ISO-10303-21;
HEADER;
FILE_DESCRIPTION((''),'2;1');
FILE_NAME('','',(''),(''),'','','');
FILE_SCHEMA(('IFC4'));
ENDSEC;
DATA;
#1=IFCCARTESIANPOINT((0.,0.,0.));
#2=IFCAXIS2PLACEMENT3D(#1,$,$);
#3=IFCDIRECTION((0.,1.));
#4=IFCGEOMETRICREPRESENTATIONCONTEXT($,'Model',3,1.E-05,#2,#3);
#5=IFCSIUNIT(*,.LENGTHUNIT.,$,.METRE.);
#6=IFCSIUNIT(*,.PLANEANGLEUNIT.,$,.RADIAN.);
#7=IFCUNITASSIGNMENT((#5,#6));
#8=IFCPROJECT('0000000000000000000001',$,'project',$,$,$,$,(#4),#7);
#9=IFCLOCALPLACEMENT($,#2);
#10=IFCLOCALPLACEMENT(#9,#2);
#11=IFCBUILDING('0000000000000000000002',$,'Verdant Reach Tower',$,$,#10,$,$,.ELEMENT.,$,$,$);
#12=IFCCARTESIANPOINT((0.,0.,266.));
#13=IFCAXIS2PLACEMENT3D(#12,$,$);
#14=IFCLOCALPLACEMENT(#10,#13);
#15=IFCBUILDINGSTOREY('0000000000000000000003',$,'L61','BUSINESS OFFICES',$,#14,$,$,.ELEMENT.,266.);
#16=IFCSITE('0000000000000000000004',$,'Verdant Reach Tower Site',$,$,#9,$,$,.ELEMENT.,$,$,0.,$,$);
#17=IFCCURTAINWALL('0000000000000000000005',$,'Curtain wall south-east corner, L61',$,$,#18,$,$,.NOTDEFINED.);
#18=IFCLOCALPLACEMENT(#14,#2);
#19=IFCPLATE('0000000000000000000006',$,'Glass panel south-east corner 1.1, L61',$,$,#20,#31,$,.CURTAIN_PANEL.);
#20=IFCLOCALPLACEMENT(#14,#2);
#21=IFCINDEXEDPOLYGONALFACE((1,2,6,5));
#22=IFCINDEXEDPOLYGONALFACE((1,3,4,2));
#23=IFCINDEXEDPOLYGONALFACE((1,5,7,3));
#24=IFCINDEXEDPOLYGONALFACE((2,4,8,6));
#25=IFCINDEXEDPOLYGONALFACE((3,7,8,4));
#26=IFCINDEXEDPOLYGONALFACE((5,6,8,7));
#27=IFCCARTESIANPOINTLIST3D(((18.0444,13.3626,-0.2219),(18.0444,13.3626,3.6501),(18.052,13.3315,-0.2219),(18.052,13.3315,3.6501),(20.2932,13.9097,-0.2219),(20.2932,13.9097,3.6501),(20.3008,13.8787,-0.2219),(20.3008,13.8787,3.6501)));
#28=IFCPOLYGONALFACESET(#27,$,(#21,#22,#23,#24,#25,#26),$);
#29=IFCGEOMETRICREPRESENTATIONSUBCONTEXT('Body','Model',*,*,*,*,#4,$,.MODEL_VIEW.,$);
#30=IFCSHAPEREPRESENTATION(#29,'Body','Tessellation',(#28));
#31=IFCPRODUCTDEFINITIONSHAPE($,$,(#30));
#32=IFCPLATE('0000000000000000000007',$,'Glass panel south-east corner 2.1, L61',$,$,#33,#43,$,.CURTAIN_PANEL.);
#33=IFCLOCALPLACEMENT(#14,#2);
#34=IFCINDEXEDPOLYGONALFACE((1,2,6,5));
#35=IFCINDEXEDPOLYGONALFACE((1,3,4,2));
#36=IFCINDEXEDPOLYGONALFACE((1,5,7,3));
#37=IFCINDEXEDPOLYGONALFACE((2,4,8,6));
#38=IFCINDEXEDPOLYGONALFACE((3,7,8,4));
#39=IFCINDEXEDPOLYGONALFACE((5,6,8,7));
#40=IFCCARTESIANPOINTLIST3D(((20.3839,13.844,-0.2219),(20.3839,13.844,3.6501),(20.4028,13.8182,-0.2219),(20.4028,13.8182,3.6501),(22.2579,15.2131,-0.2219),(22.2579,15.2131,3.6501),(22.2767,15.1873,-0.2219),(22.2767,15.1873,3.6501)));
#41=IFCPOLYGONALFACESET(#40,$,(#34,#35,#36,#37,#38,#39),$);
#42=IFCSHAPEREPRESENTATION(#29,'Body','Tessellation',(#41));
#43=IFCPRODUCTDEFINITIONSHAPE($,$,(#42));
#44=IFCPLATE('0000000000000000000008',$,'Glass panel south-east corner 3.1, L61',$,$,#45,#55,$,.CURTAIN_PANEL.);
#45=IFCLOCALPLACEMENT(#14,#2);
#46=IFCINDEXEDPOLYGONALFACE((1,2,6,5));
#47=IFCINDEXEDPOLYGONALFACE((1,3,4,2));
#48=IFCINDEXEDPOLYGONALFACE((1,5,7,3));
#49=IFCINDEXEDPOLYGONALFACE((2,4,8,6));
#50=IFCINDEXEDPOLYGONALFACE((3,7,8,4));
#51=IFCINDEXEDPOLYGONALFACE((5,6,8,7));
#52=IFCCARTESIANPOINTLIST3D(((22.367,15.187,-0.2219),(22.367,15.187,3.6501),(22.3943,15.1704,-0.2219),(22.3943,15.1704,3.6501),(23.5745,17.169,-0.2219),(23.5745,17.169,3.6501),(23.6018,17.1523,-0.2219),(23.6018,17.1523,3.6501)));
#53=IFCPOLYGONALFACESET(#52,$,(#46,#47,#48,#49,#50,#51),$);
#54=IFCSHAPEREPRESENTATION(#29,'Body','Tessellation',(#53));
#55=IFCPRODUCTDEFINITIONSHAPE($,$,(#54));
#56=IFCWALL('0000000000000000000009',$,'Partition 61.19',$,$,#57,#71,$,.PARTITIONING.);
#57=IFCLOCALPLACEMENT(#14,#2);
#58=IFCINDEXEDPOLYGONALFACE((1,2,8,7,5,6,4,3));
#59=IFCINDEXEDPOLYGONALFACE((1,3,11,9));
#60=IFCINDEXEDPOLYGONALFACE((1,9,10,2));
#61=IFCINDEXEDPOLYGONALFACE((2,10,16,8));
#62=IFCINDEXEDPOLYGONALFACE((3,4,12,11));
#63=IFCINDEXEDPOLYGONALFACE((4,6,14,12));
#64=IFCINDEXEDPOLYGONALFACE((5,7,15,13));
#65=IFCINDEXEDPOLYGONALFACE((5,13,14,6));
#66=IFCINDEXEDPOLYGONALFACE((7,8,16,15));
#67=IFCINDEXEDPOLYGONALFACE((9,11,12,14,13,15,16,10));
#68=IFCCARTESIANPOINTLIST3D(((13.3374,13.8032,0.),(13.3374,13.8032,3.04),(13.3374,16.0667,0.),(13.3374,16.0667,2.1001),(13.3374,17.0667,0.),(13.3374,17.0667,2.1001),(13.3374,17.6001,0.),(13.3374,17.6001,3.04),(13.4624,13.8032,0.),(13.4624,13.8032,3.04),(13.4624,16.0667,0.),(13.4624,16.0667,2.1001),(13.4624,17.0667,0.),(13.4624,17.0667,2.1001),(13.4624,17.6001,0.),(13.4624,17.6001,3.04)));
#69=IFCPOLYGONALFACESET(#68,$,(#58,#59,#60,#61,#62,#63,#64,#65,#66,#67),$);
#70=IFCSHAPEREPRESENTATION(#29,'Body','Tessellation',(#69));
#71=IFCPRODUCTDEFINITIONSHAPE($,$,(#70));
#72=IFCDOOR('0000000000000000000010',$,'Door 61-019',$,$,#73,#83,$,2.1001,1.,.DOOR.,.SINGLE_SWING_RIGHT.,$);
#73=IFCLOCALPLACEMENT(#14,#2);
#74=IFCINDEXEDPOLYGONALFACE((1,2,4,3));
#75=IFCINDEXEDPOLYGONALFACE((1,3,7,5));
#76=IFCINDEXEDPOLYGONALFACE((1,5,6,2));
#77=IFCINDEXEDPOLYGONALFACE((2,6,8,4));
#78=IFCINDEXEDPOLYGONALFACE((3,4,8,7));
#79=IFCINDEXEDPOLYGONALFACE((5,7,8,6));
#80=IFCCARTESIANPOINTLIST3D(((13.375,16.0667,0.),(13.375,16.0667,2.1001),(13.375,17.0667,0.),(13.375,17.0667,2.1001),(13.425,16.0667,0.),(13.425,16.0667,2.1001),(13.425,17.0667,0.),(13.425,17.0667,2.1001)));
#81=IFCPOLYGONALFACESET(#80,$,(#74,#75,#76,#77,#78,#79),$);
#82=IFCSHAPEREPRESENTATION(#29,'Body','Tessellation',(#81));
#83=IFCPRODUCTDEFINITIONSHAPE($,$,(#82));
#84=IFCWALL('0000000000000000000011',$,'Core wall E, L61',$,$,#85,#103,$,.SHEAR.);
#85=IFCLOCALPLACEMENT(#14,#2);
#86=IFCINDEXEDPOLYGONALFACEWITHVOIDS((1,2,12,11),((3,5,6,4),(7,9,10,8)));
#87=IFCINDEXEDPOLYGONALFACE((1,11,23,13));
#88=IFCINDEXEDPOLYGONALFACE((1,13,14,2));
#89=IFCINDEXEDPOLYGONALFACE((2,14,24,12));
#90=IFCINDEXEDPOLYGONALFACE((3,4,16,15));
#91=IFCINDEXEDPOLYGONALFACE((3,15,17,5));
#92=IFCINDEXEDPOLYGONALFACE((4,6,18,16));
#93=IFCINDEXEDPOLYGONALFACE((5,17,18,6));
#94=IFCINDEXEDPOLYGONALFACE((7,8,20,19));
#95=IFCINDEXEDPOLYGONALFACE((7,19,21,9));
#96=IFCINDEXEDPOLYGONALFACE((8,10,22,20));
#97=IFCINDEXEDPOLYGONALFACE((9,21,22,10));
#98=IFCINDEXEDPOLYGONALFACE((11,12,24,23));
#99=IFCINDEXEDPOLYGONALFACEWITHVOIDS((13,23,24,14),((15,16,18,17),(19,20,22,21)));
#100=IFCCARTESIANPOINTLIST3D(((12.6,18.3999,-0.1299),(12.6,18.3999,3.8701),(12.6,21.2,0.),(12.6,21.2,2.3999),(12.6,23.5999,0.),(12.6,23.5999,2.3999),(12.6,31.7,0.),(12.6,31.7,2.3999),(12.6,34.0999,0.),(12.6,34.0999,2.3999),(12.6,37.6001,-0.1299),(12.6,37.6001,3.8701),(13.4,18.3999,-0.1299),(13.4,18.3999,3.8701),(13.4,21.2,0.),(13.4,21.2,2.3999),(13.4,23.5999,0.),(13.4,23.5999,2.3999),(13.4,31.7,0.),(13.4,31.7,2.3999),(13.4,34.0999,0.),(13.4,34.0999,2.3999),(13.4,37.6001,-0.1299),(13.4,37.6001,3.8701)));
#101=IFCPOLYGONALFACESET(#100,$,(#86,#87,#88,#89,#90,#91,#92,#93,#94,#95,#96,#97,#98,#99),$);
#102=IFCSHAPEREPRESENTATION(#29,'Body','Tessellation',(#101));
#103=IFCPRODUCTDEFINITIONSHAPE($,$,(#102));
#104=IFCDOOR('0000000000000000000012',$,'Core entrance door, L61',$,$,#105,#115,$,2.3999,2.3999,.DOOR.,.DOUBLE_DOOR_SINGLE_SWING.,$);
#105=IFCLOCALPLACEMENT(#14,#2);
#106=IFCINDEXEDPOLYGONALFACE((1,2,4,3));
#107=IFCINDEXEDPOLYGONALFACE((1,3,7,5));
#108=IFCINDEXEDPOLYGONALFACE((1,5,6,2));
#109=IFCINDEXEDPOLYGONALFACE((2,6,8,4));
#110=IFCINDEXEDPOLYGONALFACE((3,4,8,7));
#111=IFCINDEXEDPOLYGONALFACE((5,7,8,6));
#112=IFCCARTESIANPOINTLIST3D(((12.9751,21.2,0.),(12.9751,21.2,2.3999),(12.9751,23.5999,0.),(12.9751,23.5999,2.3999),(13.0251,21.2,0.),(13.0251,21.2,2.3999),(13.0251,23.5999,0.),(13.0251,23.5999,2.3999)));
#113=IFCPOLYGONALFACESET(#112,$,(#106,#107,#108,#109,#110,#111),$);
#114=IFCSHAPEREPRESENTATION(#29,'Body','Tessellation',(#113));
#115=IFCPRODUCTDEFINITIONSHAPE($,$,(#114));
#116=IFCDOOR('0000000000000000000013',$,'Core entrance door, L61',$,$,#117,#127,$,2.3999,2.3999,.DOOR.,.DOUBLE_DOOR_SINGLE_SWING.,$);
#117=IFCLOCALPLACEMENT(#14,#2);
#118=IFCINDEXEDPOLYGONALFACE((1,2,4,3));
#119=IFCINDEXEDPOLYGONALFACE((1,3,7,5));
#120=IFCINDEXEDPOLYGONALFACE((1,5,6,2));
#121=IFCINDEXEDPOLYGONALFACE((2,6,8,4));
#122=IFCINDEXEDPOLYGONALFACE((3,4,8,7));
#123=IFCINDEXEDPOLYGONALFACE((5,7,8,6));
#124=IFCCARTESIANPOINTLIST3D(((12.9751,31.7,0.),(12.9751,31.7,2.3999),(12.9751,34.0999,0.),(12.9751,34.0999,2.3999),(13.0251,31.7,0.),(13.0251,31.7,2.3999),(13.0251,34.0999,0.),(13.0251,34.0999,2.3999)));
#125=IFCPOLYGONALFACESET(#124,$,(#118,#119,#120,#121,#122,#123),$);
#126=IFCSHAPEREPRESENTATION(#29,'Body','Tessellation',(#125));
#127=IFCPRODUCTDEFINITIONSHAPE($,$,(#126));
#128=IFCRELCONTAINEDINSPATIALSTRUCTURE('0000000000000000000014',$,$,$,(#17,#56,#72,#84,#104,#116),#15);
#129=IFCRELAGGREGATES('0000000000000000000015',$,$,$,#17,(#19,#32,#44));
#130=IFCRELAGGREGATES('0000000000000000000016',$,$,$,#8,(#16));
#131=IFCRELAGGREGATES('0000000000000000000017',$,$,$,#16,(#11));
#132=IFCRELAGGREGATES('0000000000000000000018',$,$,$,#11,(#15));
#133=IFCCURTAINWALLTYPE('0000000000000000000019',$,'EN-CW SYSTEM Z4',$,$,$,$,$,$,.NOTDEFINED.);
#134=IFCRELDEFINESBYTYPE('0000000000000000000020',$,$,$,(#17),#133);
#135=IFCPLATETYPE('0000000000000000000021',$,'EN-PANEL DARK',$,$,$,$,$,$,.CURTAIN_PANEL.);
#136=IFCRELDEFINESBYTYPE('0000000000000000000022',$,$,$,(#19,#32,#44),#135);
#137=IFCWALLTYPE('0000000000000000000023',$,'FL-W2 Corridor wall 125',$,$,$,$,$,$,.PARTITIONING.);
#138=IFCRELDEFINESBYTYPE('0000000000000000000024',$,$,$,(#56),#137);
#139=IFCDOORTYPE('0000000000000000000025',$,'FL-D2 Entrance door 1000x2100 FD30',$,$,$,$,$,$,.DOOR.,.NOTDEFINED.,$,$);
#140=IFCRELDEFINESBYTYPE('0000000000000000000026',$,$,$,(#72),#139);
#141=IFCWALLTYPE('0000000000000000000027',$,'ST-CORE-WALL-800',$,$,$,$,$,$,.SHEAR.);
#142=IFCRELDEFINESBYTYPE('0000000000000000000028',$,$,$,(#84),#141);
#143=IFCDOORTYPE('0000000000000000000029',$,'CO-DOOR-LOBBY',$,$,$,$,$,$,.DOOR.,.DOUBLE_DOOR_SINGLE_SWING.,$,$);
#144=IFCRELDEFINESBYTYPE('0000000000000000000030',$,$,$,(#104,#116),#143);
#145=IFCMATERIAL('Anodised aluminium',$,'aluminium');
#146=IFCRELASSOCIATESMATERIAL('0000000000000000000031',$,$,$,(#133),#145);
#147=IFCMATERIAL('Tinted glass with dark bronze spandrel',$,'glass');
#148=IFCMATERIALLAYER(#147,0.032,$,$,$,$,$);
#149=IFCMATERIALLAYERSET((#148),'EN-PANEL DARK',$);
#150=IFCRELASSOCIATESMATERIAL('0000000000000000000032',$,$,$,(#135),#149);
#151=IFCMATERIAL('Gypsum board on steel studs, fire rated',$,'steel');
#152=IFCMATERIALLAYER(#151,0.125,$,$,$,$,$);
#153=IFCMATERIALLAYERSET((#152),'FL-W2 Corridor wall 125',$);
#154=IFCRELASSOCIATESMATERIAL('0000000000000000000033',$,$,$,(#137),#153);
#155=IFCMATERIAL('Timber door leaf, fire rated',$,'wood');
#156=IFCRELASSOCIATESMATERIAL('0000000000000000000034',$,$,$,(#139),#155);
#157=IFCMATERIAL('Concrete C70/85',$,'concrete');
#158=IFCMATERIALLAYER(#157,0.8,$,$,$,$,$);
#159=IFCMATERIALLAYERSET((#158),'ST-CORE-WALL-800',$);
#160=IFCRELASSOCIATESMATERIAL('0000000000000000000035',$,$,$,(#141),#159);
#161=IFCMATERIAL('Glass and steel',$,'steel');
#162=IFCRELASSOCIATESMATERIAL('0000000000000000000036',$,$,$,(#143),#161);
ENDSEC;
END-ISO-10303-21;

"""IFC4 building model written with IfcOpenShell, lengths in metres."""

from ifc_helpers import new_model, si_unit, direction, frame, frame_2d, origin, origin_2d, place, context, subcontext, project, spatial, rectangle, extrude, material, layer, layer_set, type_object, element, fill, aggregate, save


model = new_model("IFC4")

# Units and contexts
model_context = context("Model", 3, precision=1e-05, world=origin(), true_north=direction((0.0, 1.0)))
body_context = subcontext(model_context, "Body", "Model", "MODEL_VIEW")
ifc_project = project(units=[si_unit("LENGTHUNIT", "METRE"), si_unit("PLANEANGLEUNIT", "RADIAN")], contexts=[model_context])

# Site, building, storey
site_placement = place(None, origin())
site = spatial("IfcSite", under=ifc_project, at=site_placement, Name="Verdant Reach Tower Site", CompositionType="ELEMENT", RefElevation=0.0)
building_placement = place(site_placement, origin())
building = spatial("IfcBuilding", under=site, at=building_placement, Name="Verdant Reach Tower", CompositionType="ELEMENT")
storey_placement = place(building_placement, frame((0.0, 0.0, 266.0)))
storey = spatial("IfcBuildingStorey", under=building, at=storey_placement, Name="L61", Description="BUSINESS OFFICES", CompositionType="ELEMENT", Elevation=266.0)

# Shared definitions
ifc_material_1 = material(Name="Anodised aluminium", Category="aluminium")
curtain_wall_type = type_object("IfcCurtainWallType", Name="EN-CW SYSTEM Z4", PredefinedType="NOTDEFINED", material=ifc_material_1)

# Curtain wall
curtain_wall_1_placement = place(storey_placement, origin())
curtain_wall_1 = element("IfcCurtainWall", 1, at=curtain_wall_1_placement, inside=storey, type_object=curtain_wall_type, Name="Curtain wall south-east corner, L61", PredefinedType="NOTDEFINED")

# Plates
ifc_material_2 = material(Name="Tinted glass with dark bronze spandrel", Category="glass")
ifc_layer_1 = layer(ifc_material_2, 0.032)
ifc_layer_set_1 = layer_set([ifc_layer_1], Name="EN-PANEL DARK")
plate_type_1 = type_object("IfcPlateType", Name="EN-PANEL DARK", PredefinedType="CURTAIN_PANEL", material=ifc_layer_set_1)
plate_1_placement = place(storey_placement, frame((19.1726, 13.6206, -0.2219), z_axis=(0.0, 0.0, 1.0), x_axis=(0.971652, 0.236414, 0.0)))
plate_1 = element("IfcPlate", 2, at=plate_1_placement, type_object=plate_type_1, Name="Glass panel south-east corner 1.1, L61", PredefinedType="CURTAIN_PANEL", context=body_context, shape_type="SweptSolid", body=[
    extrude(rectangle(XDim=2.3145, YDim=0.032, at=origin_2d()), origin(), (0.0, 0.0, 1.0), 3.8721),
])
plate_2_placement = place(storey_placement, frame((21.3303, 14.5156, -0.2219), z_axis=(0.0, 0.0, 1.0), x_axis=(0.807457, 0.589927, 0.0)))
plate_2 = element("IfcPlate", 3, at=plate_2_placement, type_object=plate_type_1, Name="Glass panel south-east corner 2.1, L61", PredefinedType="CURTAIN_PANEL", context=body_context, shape_type="SweptSolid", body=[
    extrude(rectangle(XDim=2.3208, YDim=0.032, at=origin_2d()), origin(), (0.0, 0.0, 1.0), 3.8721),
])
plate_3_placement = place(storey_placement, frame((22.9844, 16.1697, -0.2219), z_axis=(0.0, 0.0, 1.0), x_axis=(0.520292, 0.853989, 0.0)))
plate_3 = element("IfcPlate", 4, at=plate_3_placement, type_object=plate_type_1, Name="Glass panel south-east corner 3.1, L61", PredefinedType="CURTAIN_PANEL", context=body_context, shape_type="SweptSolid", body=[
    extrude(rectangle(XDim=2.3208, YDim=0.032, at=origin_2d()), origin(), (0.0, 0.0, 1.0), 3.8721),
])
aggregate(curtain_wall_1, [plate_1, plate_2, plate_3])

# Wall, opening, door
ifc_material_3 = material(Name="Gypsum board on steel studs, fire rated", Category="steel")
ifc_layer_2 = layer(ifc_material_3, 0.125)
ifc_layer_set_2 = layer_set([ifc_layer_2], Name="FL-W2 Corridor wall 125")
wall_type_1 = type_object("IfcWallType", Name="FL-W2 Corridor wall 125", PredefinedType="PARTITIONING", material=ifc_layer_set_2)
wall_1_placement = place(storey_placement, frame((13.3999, 13.8032, 0.0), z_axis=(0.0, 0.0, 1.0), x_axis=(0.0, 1.0, 0.0)))
wall_1 = element("IfcWall", 5, at=wall_1_placement, inside=storey, type_object=wall_type_1, Name="Partition 61.19", PredefinedType="PARTITIONING", context=body_context, shape_type="SweptSolid", body=[
    extrude(rectangle(XDim=3.7969, YDim=0.125, at=frame_2d((1.8984, 0.0))), origin(), (0.0, 0.0, 1.0), 3.04),
])
opening_1_placement = place(wall_1_placement, frame((2.2634, 0.0, 0.0)))
opening_1 = element("IfcOpeningElement", 6, at=opening_1_placement, cuts=wall_1, PredefinedType="OPENING", context=body_context, shape_type="SweptSolid", body=[
    extrude(rectangle(XDim=1.0, YDim=2.1001, at=frame_2d((0.5, 1.05))), frame((0.0, 0.0725, 0.0), z_axis=(0.0, -1.0, 0.0), x_axis=(1.0, 0.0, 0.0)), (0.0, 0.0, 1.0), 0.145),
])
ifc_material_4 = material(Name="Timber door leaf, fire rated", Category="wood")
door_type_1 = type_object("IfcDoorType", Name="FL-D2 Entrance door 1000x2100 FD30", OperationType="NOTDEFINED", PredefinedType="DOOR", material=ifc_material_4)
door_1_placement = place(opening_1_placement, origin())
door_1 = element("IfcDoor", 7, at=door_1_placement, inside=storey, type_object=door_type_1, Name="Door 61-019", OperationType="SINGLE_SWING_RIGHT", OverallHeight=2.1001, OverallWidth=1.0, PredefinedType="DOOR", context=body_context, shape_type="SweptSolid", body=[
    extrude(rectangle(XDim=1.0, YDim=2.1001, at=frame_2d((0.5, 1.05))), frame((0.0, 0.0249, 0.0), z_axis=(0.0, -1.0, 0.0), x_axis=(1.0, 0.0, 0.0)), (0.0, 0.0, 1.0), 0.05),
])
fill(opening_1, door_1)

# Wall, openings, doors
ifc_material_5 = material(Name="Concrete C70/85", Category="concrete")
ifc_layer_3 = layer(ifc_material_5, 0.8)
ifc_layer_set_3 = layer_set([ifc_layer_3], Name="ST-CORE-WALL-800")
wall_type_2 = type_object("IfcWallType", Name="ST-CORE-WALL-800", PredefinedType="SHEAR", material=ifc_layer_set_3)
wall_2_placement = place(storey_placement, frame((13.0, 18.3999, -0.1299), z_axis=(0.0, 0.0, 1.0), x_axis=(0.0, 1.0, 0.0)))
wall_2 = element("IfcWall", 8, at=wall_2_placement, inside=storey, type_object=wall_type_2, Name="Core wall E, L61", PredefinedType="SHEAR", context=body_context, shape_type="SweptSolid", body=[
    extrude(rectangle(XDim=19.2002, YDim=0.8, at=frame_2d((9.6001, 0.0))), origin(), (0.0, 0.0, 1.0), 4.0),
])
opening_2_placement = place(wall_2_placement, frame((2.8, 0.0, 0.1299)))
opening_2 = element("IfcOpeningElement", 9, at=opening_2_placement, cuts=wall_2, PredefinedType="OPENING", context=body_context, shape_type="SweptSolid", body=[
    extrude(rectangle(XDim=2.3999, YDim=2.3999, at=frame_2d((1.2, 1.2))), frame((0.0, 0.4099, 0.0), z_axis=(0.0, -1.0, 0.0), x_axis=(1.0, 0.0, 0.0)), (0.0, 0.0, 1.0), 0.8201),
])
opening_3_placement = place(wall_2_placement, frame((13.3, 0.0, 0.1299)))
opening_3 = element("IfcOpeningElement", 10, at=opening_3_placement, cuts=wall_2, PredefinedType="OPENING", context=body_context, shape_type="SweptSolid", body=[
    extrude(rectangle(XDim=2.3999, YDim=2.3999, at=frame_2d((1.2, 1.2))), frame((0.0, 0.4099, 0.0), z_axis=(0.0, -1.0, 0.0), x_axis=(1.0, 0.0, 0.0)), (0.0, 0.0, 1.0), 0.8201),
])
ifc_material_6 = material(Name="Glass and steel", Category="steel")
door_type_2 = type_object("IfcDoorType", Name="CO-DOOR-LOBBY", OperationType="DOUBLE_DOOR_SINGLE_SWING", PredefinedType="DOOR", material=ifc_material_6)
door_2_placement = place(opening_2_placement, origin())
door_2 = element("IfcDoor", 11, at=door_2_placement, inside=storey, type_object=door_type_2, Name="Core entrance door, L61", OperationType="DOUBLE_DOOR_SINGLE_SWING", OverallHeight=2.3999, OverallWidth=2.3999, PredefinedType="DOOR", context=body_context, shape_type="SweptSolid", body=[
    extrude(rectangle(XDim=2.3999, YDim=2.3999, at=frame_2d((1.2, 1.2))), frame((0.0, 0.0249, 0.0), z_axis=(0.0, -1.0, 0.0), x_axis=(1.0, 0.0, 0.0)), (0.0, 0.0, 1.0), 0.05),
])
fill(opening_2, door_2)
door_3_placement = place(opening_3_placement, origin())
door_3 = element("IfcDoor", 12, at=door_3_placement, inside=storey, type_object=door_type_2, Name="Core entrance door, L61", OperationType="DOUBLE_DOOR_SINGLE_SWING", OverallHeight=2.3999, OverallWidth=2.3999, PredefinedType="DOOR", context=body_context, shape_type="SweptSolid", body=[
    extrude(rectangle(XDim=2.3999, YDim=2.3999, at=frame_2d((1.2, 1.2))), frame((0.0, 0.0249, 0.0), z_axis=(0.0, -1.0, 0.0), x_axis=(1.0, 0.0, 0.0)), (0.0, 0.0, 1.0), 0.05),
])
fill(opening_3, door_3)

save(model, "model.ifc")
